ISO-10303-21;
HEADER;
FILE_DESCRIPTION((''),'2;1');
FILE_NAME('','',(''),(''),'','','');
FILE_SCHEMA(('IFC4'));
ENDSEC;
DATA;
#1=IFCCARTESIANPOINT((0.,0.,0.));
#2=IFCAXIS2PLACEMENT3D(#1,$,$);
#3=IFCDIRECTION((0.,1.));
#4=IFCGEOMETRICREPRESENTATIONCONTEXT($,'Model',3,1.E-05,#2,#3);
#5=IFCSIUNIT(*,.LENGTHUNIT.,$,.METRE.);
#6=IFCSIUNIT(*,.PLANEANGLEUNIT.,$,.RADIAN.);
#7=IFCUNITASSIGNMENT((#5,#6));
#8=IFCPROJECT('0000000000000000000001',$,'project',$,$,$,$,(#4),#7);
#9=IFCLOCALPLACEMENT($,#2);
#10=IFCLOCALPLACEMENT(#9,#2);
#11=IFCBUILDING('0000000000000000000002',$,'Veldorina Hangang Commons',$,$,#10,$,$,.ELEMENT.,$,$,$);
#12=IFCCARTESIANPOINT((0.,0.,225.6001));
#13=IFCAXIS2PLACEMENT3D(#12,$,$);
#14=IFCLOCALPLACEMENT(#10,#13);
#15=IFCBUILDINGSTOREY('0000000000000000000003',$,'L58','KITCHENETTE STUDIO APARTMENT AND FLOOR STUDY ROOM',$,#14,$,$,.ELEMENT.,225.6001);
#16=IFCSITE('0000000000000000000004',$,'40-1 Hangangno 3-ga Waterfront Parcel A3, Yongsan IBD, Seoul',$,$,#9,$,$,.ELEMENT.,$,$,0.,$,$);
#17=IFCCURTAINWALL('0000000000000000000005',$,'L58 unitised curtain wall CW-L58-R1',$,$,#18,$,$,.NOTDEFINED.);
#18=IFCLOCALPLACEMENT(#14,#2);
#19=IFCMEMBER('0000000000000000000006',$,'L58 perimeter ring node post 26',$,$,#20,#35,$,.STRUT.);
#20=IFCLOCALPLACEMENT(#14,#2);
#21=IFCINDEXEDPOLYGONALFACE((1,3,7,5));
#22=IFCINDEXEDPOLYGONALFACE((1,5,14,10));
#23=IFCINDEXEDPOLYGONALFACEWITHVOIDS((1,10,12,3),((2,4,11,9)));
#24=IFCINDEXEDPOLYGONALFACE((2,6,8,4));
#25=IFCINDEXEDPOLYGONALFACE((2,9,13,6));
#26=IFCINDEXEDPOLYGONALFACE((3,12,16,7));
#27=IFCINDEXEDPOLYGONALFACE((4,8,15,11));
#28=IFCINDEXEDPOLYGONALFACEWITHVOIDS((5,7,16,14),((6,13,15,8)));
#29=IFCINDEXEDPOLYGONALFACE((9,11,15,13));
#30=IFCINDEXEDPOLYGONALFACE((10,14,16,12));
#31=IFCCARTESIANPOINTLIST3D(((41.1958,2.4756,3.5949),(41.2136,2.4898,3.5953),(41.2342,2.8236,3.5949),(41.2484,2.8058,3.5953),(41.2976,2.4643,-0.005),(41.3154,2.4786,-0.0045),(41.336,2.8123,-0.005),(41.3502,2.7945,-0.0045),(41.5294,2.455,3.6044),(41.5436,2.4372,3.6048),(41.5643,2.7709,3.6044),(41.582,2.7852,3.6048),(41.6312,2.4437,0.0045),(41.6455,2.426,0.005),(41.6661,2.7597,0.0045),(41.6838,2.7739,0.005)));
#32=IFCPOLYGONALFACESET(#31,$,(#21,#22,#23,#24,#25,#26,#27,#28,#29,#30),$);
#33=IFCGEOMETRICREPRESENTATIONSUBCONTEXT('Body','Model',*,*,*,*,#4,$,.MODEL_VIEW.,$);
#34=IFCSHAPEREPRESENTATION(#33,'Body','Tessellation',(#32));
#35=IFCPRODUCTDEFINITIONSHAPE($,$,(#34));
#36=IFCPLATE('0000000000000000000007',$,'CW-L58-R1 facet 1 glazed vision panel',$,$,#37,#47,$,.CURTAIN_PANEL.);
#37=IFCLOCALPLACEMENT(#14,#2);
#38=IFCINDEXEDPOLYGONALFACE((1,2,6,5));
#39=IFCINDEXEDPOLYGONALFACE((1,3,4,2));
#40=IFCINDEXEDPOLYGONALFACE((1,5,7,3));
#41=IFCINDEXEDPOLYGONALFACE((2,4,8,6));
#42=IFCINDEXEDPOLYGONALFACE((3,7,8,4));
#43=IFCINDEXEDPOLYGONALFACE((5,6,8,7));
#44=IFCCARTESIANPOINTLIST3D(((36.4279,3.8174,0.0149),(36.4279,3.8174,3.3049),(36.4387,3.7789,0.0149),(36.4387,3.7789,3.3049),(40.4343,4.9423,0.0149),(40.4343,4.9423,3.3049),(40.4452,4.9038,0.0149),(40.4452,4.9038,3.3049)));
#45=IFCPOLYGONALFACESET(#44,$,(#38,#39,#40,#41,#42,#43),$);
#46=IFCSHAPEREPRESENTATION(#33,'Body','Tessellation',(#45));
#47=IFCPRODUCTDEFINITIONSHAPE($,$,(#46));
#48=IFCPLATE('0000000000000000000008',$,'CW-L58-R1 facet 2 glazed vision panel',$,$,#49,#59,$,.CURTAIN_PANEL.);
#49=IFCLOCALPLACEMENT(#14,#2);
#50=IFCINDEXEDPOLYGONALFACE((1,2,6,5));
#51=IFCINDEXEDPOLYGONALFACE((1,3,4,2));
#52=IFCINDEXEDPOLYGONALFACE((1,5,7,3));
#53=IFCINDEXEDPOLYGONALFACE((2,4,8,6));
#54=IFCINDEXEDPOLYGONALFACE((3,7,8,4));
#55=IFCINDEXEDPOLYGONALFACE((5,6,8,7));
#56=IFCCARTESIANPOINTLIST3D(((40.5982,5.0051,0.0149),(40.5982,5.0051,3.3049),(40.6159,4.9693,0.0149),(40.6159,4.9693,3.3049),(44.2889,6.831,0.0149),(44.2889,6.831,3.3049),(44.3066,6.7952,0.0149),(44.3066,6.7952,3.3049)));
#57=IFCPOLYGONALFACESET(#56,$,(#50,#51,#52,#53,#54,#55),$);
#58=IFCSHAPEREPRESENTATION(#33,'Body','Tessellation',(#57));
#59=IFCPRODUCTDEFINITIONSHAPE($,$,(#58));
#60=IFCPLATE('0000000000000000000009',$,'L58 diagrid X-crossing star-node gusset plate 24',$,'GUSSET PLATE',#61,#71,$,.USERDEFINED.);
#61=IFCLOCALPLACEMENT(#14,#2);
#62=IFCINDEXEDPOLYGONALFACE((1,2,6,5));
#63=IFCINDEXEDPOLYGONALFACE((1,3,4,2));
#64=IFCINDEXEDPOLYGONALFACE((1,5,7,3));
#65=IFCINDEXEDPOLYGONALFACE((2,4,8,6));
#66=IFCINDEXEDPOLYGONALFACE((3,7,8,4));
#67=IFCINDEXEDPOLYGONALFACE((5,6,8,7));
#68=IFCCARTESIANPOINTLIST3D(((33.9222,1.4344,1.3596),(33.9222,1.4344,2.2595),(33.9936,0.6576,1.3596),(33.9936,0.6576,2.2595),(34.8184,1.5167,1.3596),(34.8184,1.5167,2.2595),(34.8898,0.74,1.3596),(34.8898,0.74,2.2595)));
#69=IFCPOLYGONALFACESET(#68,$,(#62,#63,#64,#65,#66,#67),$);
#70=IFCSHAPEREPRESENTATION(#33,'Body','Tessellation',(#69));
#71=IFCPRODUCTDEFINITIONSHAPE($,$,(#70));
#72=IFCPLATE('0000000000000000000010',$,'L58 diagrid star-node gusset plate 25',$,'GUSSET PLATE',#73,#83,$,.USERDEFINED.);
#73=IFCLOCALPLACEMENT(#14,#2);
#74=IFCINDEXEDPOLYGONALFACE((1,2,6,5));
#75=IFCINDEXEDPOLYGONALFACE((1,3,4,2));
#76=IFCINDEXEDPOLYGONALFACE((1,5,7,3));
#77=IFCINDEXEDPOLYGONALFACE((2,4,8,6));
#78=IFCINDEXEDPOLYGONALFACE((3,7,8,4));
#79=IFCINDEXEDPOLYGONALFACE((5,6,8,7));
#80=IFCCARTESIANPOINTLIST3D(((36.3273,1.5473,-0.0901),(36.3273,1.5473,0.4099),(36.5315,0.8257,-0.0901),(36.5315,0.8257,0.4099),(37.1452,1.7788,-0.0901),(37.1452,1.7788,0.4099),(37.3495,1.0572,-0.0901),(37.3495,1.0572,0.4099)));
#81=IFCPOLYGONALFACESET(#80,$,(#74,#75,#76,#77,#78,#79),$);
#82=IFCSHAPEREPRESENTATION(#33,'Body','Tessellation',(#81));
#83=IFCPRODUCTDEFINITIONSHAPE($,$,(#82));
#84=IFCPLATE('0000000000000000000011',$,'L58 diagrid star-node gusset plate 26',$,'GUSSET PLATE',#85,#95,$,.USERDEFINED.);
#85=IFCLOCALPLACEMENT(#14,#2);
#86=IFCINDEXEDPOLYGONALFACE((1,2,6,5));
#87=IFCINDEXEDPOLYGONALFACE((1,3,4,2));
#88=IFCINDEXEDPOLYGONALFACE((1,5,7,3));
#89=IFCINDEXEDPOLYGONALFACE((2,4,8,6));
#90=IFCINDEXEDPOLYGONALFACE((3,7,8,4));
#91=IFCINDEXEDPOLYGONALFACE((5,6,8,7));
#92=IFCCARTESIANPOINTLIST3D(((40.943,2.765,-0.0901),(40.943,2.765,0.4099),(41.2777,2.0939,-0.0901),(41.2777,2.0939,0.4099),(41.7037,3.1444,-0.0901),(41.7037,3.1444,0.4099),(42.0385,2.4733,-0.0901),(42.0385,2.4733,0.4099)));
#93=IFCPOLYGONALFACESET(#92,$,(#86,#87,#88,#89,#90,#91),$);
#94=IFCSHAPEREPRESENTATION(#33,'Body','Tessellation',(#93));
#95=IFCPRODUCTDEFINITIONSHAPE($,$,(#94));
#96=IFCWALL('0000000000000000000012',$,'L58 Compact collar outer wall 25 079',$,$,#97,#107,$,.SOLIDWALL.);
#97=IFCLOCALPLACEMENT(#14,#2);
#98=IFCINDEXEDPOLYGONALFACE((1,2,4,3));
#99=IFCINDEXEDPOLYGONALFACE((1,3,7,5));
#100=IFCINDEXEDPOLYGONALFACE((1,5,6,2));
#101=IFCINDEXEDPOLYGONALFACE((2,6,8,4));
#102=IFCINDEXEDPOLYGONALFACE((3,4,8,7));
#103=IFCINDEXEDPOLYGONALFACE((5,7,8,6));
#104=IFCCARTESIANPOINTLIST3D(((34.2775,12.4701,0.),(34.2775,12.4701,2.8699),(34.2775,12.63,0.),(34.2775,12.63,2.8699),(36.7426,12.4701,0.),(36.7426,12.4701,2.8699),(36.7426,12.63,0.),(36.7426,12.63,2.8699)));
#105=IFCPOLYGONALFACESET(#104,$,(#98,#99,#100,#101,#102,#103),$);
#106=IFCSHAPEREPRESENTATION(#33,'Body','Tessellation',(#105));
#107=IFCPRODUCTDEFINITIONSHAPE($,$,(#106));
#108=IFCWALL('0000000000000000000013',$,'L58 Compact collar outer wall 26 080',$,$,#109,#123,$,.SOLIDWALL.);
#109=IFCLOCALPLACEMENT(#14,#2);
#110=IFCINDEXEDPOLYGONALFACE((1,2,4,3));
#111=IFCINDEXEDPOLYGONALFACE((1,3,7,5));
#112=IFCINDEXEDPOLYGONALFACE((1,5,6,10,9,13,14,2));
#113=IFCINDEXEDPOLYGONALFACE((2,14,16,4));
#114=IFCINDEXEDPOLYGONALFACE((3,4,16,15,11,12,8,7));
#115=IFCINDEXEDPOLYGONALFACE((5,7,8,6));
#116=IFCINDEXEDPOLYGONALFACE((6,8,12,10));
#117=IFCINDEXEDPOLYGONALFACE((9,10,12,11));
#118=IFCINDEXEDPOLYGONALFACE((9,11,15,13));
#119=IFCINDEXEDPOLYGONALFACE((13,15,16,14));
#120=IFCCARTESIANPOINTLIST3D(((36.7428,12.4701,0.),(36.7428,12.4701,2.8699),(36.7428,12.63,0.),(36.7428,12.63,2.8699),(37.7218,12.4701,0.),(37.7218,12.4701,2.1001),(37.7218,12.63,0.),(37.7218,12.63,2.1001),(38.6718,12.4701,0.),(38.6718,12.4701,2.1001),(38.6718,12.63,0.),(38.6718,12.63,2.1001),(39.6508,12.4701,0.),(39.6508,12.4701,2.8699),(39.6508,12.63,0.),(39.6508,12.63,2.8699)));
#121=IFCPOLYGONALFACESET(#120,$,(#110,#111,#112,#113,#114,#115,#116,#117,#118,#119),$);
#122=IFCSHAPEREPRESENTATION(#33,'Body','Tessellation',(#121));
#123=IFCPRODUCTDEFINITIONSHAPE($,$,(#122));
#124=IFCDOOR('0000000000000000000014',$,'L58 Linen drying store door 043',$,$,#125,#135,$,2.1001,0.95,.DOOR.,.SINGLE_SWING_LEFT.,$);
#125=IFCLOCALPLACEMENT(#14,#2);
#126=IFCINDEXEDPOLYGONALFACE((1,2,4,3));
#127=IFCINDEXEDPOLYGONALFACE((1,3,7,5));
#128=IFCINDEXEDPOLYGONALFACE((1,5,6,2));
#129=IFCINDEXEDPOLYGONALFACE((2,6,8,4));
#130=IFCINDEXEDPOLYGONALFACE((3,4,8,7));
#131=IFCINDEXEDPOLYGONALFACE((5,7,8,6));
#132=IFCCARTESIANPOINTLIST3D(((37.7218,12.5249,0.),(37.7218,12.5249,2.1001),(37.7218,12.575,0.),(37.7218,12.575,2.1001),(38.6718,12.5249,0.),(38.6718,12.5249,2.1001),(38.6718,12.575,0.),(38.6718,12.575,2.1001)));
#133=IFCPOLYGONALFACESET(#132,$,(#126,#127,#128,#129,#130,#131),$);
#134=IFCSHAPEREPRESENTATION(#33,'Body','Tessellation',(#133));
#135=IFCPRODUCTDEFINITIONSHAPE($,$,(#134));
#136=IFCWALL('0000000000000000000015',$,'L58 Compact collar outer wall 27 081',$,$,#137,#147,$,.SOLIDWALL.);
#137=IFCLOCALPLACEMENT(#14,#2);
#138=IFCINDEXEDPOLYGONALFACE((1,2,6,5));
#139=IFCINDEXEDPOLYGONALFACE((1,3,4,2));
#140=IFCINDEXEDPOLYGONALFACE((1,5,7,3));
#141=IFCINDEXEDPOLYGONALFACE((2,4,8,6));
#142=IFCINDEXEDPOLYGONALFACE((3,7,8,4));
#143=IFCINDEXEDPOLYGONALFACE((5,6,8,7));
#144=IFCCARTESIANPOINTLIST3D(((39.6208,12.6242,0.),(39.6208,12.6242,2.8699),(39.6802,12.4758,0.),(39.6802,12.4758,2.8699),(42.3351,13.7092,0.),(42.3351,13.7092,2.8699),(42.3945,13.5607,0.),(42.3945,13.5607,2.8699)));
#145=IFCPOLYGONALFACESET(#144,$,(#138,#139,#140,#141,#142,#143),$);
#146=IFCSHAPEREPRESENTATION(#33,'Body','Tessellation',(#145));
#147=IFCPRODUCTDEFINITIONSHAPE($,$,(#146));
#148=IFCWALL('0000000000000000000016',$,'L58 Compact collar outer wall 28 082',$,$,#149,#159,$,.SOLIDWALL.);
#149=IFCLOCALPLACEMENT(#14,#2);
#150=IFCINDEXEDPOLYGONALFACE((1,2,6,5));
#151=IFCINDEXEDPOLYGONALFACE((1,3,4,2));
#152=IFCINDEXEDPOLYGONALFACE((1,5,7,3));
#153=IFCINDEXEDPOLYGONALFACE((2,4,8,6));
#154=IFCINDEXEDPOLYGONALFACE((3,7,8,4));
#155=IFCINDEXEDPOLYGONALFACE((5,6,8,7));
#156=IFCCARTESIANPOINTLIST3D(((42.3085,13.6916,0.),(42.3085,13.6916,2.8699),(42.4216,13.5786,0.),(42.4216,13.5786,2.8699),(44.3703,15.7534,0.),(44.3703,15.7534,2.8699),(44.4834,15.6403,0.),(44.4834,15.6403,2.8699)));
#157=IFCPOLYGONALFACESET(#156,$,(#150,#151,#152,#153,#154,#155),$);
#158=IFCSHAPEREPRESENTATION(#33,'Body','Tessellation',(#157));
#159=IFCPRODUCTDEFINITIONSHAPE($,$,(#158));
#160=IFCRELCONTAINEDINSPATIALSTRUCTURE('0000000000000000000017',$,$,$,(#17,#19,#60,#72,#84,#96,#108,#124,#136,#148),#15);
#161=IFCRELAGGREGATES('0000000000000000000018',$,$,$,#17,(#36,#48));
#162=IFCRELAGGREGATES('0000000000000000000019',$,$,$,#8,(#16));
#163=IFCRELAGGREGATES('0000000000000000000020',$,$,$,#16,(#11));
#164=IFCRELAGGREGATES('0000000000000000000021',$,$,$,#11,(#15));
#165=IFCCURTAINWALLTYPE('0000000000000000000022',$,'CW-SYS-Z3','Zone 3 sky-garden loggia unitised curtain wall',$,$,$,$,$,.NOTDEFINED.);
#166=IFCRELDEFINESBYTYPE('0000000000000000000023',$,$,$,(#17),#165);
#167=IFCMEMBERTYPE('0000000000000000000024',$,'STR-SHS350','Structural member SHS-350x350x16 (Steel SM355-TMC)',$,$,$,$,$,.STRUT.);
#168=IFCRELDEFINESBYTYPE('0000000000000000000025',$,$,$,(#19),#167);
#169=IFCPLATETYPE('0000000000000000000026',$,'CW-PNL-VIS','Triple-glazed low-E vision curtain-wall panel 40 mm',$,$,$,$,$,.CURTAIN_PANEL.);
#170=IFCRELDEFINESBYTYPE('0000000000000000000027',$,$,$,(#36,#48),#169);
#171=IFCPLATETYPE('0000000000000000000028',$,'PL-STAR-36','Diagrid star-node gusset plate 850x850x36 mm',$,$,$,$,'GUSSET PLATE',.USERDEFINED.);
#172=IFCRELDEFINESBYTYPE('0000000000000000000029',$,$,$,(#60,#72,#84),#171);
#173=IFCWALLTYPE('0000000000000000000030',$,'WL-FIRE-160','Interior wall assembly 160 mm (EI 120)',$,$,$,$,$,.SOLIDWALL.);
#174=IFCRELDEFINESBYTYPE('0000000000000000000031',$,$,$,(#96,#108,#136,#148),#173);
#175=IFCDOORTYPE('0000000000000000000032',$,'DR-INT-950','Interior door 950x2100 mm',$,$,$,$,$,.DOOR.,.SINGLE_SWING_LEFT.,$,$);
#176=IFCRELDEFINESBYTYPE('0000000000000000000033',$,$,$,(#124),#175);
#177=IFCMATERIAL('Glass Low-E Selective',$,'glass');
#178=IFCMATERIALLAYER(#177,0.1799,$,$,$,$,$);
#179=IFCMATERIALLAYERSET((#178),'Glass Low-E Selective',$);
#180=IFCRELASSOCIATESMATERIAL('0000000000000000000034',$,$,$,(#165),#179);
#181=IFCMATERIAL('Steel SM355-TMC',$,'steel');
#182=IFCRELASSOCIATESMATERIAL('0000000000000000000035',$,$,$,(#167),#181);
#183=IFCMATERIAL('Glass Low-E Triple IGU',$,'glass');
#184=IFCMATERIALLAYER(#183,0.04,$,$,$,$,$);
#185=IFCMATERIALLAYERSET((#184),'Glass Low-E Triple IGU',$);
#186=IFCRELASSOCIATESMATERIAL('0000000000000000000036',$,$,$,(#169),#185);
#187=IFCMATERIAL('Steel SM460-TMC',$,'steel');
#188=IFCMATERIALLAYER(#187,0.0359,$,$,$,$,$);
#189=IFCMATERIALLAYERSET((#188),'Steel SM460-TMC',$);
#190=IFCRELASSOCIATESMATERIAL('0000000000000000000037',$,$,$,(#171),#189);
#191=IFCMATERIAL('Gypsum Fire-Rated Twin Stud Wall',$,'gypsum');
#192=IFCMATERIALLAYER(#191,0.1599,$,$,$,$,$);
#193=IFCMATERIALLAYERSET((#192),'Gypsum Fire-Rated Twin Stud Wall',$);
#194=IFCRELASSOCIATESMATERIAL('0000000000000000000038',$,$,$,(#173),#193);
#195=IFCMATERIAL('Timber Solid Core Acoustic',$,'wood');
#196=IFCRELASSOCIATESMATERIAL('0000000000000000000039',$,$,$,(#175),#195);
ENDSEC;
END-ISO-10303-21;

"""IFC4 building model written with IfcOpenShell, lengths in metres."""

from ifc_helpers import new_model, si_unit, direction, frame, frame_2d, origin, origin_2d, place, context, subcontext, project, spatial, rectangle, hollow_rectangle, extrude, material, layer, layer_set, material_profile, profile_set, type_object, element, fill, aggregate, save


model = new_model("IFC4")

# Units and contexts
model_context = context("Model", 3, precision=1e-05, world=origin(), true_north=direction((0.0, 1.0)))
body_context = subcontext(model_context, "Body", "Model", "MODEL_VIEW")
ifc_project = project(units=[si_unit("LENGTHUNIT", "METRE"), si_unit("PLANEANGLEUNIT", "RADIAN")], contexts=[model_context])

# Site, building, storey
site_placement = place(None, origin())
site = spatial("IfcSite", under=ifc_project, at=site_placement, Name="40-1 Hangangno 3-ga Waterfront Parcel A3, Yongsan IBD, Seoul", CompositionType="ELEMENT", RefElevation=0.0)
building_placement = place(site_placement, origin())
building = spatial("IfcBuilding", under=site, at=building_placement, Name="Veldorina Hangang Commons", CompositionType="ELEMENT")
storey_placement = place(building_placement, frame((0.0, 0.0, 225.6001)))
storey = spatial("IfcBuildingStorey", under=building, at=storey_placement, Name="L58", Description="KITCHENETTE STUDIO APARTMENT AND FLOOR STUDY ROOM", CompositionType="ELEMENT", Elevation=225.6001)

# Shared definitions
ifc_material_1 = material(Name="Steel SM355-TMC", Category="steel")

# Curtain wall
ifc_material_2 = material(Name="Glass Low-E Selective", Category="glass")
ifc_layer_1 = layer(ifc_material_2, 0.1799)
ifc_layer_set_1 = layer_set([ifc_layer_1], Name="Glass Low-E Selective")
curtain_wall_type = type_object("IfcCurtainWallType", Name="CW-SYS-Z3", Description="Zone 3 sky-garden loggia unitised curtain wall", PredefinedType="NOTDEFINED", material=ifc_layer_set_1)
curtain_wall_placement = place(storey_placement, origin())
curtain_wall = element("IfcCurtainWall", 1, at=curtain_wall_placement, inside=storey, type_object=curtain_wall_type, Name="L58 unitised curtain wall CW-L58-R1", PredefinedType="NOTDEFINED")

# Member
ifc_material_profile_1 = material_profile(ifc_material_1, hollow_rectangle(XDim=0.3501, YDim=0.3501, WallThickness=0.0161, at=origin_2d()), Name="SHS-350x350x16")
ifc_profile_set_1 = profile_set([ifc_material_profile_1], Name="Steel SM355-TMC")
member_type_1 = type_object("IfcMemberType", Name="STR-SHS350", Description="Structural member SHS-350x350x16 (Steel SM355-TMC)", PredefinedType="STRUT", material=ifc_profile_set_1)
member_1_placement = place(storey_placement, frame((41.4907, 2.6191, 0.0), z_axis=(-0.028269, 0.003118, 0.999595), x_axis=(-0.109647, -0.993971, 0.0)))
element("IfcMember", 2, at=member_1_placement, inside=storey, type_object=member_type_1, Name="L58 perimeter ring node post 26", PredefinedType="STRUT", context=body_context, shape_type="SweptSolid", body=[
    extrude(hollow_rectangle(XDim=0.3501, YDim=0.3501, WallThickness=0.0161, at=origin_2d()), origin(), (0.0, 0.0, 1.0), 3.6013),
])

# Plates
ifc_material_3 = material(Name="Glass Low-E Triple IGU", Category="glass")
ifc_layer_2 = layer(ifc_material_3, 0.04)
ifc_layer_set_2 = layer_set([ifc_layer_2], Name="Glass Low-E Triple IGU")
plate_type_1 = type_object("IfcPlateType", Name="CW-PNL-VIS", Description="Triple-glazed low-E vision curtain-wall panel 40 mm", PredefinedType="CURTAIN_PANEL", material=ifc_layer_set_2)
plate_1_placement = place(storey_placement, frame((38.4365, 4.3606, 0.0149), z_axis=(0.0, 0.0, 1.0), x_axis=(0.962772, 0.270315, 0.0)))
plate_1 = element("IfcPlate", 3, at=plate_1_placement, type_object=plate_type_1, Name="CW-L58-R1 facet 1 glazed vision panel", PredefinedType="CURTAIN_PANEL", context=body_context, shape_type="SweptSolid", body=[
    extrude(rectangle(XDim=4.1614, YDim=0.04, at=origin_2d()), origin(), (0.0, 0.0, 1.0), 3.29),
])
plate_2_placement = place(storey_placement, frame((42.4524, 5.9001, 0.0149), z_axis=(0.0, 0.0, 1.0), x_axis=(0.896308, 0.443431, 0.0)))
plate_2 = element("IfcPlate", 4, at=plate_2_placement, type_object=plate_type_1, Name="CW-L58-R1 facet 2 glazed vision panel", PredefinedType="CURTAIN_PANEL", context=body_context, shape_type="SweptSolid", body=[
    extrude(rectangle(XDim=4.1177, YDim=0.04, at=origin_2d()), origin(), (0.0, 0.0, 1.0), 3.29),
])
aggregate(curtain_wall, [plate_1, plate_2])

# Plates
ifc_material_4 = material(Name="Steel SM460-TMC", Category="steel")
ifc_layer_3 = layer(ifc_material_4, 0.0359)
ifc_layer_set_3 = layer_set([ifc_layer_3], Name="Steel SM460-TMC")
plate_type_2 = type_object("IfcPlateType", Name="PL-STAR-36", Description="Diagrid star-node gusset plate 850x850x36 mm", ElementType="GUSSET PLATE", PredefinedType="USERDEFINED", material=ifc_layer_set_3)
plate_3_placement = place(storey_placement, frame((34.406, 1.0872, 1.3596), z_axis=(0.0, 0.0, 1.0), x_axis=(0.995803, 0.091519, 0.0)))
element("IfcPlate", 5, at=plate_3_placement, inside=storey, type_object=plate_type_2, Name="L58 diagrid X-crossing star-node gusset plate 24", ObjectType="GUSSET PLATE", PredefinedType="USERDEFINED", context=body_context, shape_type="SweptSolid", body=[
    extrude(rectangle(XDim=0.8999, YDim=0.78, at=origin_2d()), origin(), (0.0, 0.0, 1.0), 0.8999),
])
for number, where, z_axis, x_axis, name in (
    (6, (36.8384, 1.3022, -0.0901), (0.0, 0.0, 1.0), (0.962194, 0.272364, 0.0), "L58 diagrid star-node gusset plate 25"),
    (7, (41.4907, 2.6191, -0.0901), (0.0, 0.0, 1.0), (0.894864, 0.446338, 0.0), "L58 diagrid star-node gusset plate 26"),
):
    element("IfcPlate", number, at=place(storey_placement, frame(where, z_axis=z_axis, x_axis=x_axis)), inside=storey, type_object=plate_type_2, Name=name, ObjectType="GUSSET PLATE", PredefinedType="USERDEFINED", context=body_context, shape_type="SweptSolid", body=[
        extrude(rectangle(XDim=0.8501, YDim=0.75, at=origin_2d()), origin(), (0.0, 0.0, 1.0), 0.5),
    ])

# Wall
ifc_material_5 = material(Name="Gypsum Fire-Rated Twin Stud Wall", Category="gypsum")
ifc_layer_4 = layer(ifc_material_5, 0.1599)
ifc_layer_set_4 = layer_set([ifc_layer_4], Name="Gypsum Fire-Rated Twin Stud Wall")
wall_type_1 = type_object("IfcWallType", Name="WL-FIRE-160", Description="Interior wall assembly 160 mm (EI 120)", PredefinedType="SOLIDWALL", material=ifc_layer_set_4)
wall_1_placement = place(storey_placement, frame((34.2776, 12.55, 0.0), z_axis=(0.0, 0.0, 1.0), x_axis=(1.0, 0.0, 0.0)))
element("IfcWall", 8, at=wall_1_placement, inside=storey, type_object=wall_type_1, Name="L58 Compact collar outer wall 25 079", PredefinedType="SOLIDWALL", context=body_context, shape_type="SweptSolid", body=[
    extrude(rectangle(XDim=2.4651, YDim=0.1599, at=frame_2d((1.2324, 0.0))), origin(), (0.0, 0.0, 1.0), 2.8699),
])

# Wall, opening, door
wall_2_placement = place(storey_placement, frame((36.7427, 12.55, 0.0), z_axis=(0.0, 0.0, 1.0), x_axis=(1.0, 0.0, 0.0)))
wall_2 = element("IfcWall", 9, at=wall_2_placement, inside=storey, type_object=wall_type_1, Name="L58 Compact collar outer wall 26 080", PredefinedType="SOLIDWALL", context=body_context, shape_type="SweptSolid", body=[
    extrude(rectangle(XDim=2.908, YDim=0.1599, at=frame_2d((1.4541, 0.0))), origin(), (0.0, 0.0, 1.0), 2.8699),
])
opening_1_placement = place(wall_2_placement, frame((0.979, 0.0, 0.0)))
opening_1 = element("IfcOpeningElement", 10, at=opening_1_placement, cuts=wall_2, PredefinedType="OPENING", context=body_context, shape_type="SweptSolid", body=[
    extrude(rectangle(XDim=0.95, YDim=2.1001, at=frame_2d((0.4751, 1.05))), frame((0.0, 0.0898, 0.0), z_axis=(0.0, -1.0, 0.0), x_axis=(1.0, 0.0, 0.0)), (0.0, 0.0, 1.0), 0.1799),
])
ifc_material_6 = material(Name="Timber Solid Core Acoustic", Category="wood")
door_type = type_object("IfcDoorType", Name="DR-INT-950", Description="Interior door 950x2100 mm", OperationType="SINGLE_SWING_LEFT", PredefinedType="DOOR", material=ifc_material_6)
door_1_placement = place(opening_1_placement, origin())
door_1 = element("IfcDoor", 11, at=door_1_placement, inside=storey, type_object=door_type, Name="L58 Linen drying store door 043", OperationType="SINGLE_SWING_LEFT", OverallHeight=2.1001, OverallWidth=0.95, PredefinedType="DOOR", context=body_context, shape_type="SweptSolid", body=[
    extrude(rectangle(XDim=0.95, YDim=2.1001, at=frame_2d((0.4751, 1.05))), frame((0.0, 0.0249, 0.0), z_axis=(0.0, -1.0, 0.0), x_axis=(1.0, 0.0, 0.0)), (0.0, 0.0, 1.0), 0.05),
])
fill(opening_1, door_1)

# Walls
wall_3_placement = place(storey_placement, frame((39.6506, 12.55, 0.0), z_axis=(0.0, 0.0, 1.0), x_axis=(0.928569, 0.37116, 0.0)))
element("IfcWall", 12, at=wall_3_placement, inside=storey, type_object=wall_type_1, Name="L58 Compact collar outer wall 27 081", PredefinedType="SOLIDWALL", context=body_context, shape_type="SweptSolid", body=[
    extrude(rectangle(XDim=2.9231, YDim=0.1599, at=frame_2d((1.4614, 0.0))), origin(), (0.0, 0.0, 1.0), 2.8699),
])
wall_4_placement = place(storey_placement, frame((42.365, 13.635, 0.0), z_axis=(0.0, 0.0, 1.0), x_axis=(0.707107, 0.707107, 0.0)))
element("IfcWall", 13, at=wall_4_placement, inside=storey, type_object=wall_type_1, Name="L58 Compact collar outer wall 28 082", PredefinedType="SOLIDWALL", context=body_context, shape_type="SweptSolid", body=[
    extrude(rectangle(XDim=2.9158, YDim=0.1599, at=frame_2d((1.458, 0.0))), origin(), (0.0, 0.0, 1.0), 2.8699),
])

save(model, "model.ifc")
